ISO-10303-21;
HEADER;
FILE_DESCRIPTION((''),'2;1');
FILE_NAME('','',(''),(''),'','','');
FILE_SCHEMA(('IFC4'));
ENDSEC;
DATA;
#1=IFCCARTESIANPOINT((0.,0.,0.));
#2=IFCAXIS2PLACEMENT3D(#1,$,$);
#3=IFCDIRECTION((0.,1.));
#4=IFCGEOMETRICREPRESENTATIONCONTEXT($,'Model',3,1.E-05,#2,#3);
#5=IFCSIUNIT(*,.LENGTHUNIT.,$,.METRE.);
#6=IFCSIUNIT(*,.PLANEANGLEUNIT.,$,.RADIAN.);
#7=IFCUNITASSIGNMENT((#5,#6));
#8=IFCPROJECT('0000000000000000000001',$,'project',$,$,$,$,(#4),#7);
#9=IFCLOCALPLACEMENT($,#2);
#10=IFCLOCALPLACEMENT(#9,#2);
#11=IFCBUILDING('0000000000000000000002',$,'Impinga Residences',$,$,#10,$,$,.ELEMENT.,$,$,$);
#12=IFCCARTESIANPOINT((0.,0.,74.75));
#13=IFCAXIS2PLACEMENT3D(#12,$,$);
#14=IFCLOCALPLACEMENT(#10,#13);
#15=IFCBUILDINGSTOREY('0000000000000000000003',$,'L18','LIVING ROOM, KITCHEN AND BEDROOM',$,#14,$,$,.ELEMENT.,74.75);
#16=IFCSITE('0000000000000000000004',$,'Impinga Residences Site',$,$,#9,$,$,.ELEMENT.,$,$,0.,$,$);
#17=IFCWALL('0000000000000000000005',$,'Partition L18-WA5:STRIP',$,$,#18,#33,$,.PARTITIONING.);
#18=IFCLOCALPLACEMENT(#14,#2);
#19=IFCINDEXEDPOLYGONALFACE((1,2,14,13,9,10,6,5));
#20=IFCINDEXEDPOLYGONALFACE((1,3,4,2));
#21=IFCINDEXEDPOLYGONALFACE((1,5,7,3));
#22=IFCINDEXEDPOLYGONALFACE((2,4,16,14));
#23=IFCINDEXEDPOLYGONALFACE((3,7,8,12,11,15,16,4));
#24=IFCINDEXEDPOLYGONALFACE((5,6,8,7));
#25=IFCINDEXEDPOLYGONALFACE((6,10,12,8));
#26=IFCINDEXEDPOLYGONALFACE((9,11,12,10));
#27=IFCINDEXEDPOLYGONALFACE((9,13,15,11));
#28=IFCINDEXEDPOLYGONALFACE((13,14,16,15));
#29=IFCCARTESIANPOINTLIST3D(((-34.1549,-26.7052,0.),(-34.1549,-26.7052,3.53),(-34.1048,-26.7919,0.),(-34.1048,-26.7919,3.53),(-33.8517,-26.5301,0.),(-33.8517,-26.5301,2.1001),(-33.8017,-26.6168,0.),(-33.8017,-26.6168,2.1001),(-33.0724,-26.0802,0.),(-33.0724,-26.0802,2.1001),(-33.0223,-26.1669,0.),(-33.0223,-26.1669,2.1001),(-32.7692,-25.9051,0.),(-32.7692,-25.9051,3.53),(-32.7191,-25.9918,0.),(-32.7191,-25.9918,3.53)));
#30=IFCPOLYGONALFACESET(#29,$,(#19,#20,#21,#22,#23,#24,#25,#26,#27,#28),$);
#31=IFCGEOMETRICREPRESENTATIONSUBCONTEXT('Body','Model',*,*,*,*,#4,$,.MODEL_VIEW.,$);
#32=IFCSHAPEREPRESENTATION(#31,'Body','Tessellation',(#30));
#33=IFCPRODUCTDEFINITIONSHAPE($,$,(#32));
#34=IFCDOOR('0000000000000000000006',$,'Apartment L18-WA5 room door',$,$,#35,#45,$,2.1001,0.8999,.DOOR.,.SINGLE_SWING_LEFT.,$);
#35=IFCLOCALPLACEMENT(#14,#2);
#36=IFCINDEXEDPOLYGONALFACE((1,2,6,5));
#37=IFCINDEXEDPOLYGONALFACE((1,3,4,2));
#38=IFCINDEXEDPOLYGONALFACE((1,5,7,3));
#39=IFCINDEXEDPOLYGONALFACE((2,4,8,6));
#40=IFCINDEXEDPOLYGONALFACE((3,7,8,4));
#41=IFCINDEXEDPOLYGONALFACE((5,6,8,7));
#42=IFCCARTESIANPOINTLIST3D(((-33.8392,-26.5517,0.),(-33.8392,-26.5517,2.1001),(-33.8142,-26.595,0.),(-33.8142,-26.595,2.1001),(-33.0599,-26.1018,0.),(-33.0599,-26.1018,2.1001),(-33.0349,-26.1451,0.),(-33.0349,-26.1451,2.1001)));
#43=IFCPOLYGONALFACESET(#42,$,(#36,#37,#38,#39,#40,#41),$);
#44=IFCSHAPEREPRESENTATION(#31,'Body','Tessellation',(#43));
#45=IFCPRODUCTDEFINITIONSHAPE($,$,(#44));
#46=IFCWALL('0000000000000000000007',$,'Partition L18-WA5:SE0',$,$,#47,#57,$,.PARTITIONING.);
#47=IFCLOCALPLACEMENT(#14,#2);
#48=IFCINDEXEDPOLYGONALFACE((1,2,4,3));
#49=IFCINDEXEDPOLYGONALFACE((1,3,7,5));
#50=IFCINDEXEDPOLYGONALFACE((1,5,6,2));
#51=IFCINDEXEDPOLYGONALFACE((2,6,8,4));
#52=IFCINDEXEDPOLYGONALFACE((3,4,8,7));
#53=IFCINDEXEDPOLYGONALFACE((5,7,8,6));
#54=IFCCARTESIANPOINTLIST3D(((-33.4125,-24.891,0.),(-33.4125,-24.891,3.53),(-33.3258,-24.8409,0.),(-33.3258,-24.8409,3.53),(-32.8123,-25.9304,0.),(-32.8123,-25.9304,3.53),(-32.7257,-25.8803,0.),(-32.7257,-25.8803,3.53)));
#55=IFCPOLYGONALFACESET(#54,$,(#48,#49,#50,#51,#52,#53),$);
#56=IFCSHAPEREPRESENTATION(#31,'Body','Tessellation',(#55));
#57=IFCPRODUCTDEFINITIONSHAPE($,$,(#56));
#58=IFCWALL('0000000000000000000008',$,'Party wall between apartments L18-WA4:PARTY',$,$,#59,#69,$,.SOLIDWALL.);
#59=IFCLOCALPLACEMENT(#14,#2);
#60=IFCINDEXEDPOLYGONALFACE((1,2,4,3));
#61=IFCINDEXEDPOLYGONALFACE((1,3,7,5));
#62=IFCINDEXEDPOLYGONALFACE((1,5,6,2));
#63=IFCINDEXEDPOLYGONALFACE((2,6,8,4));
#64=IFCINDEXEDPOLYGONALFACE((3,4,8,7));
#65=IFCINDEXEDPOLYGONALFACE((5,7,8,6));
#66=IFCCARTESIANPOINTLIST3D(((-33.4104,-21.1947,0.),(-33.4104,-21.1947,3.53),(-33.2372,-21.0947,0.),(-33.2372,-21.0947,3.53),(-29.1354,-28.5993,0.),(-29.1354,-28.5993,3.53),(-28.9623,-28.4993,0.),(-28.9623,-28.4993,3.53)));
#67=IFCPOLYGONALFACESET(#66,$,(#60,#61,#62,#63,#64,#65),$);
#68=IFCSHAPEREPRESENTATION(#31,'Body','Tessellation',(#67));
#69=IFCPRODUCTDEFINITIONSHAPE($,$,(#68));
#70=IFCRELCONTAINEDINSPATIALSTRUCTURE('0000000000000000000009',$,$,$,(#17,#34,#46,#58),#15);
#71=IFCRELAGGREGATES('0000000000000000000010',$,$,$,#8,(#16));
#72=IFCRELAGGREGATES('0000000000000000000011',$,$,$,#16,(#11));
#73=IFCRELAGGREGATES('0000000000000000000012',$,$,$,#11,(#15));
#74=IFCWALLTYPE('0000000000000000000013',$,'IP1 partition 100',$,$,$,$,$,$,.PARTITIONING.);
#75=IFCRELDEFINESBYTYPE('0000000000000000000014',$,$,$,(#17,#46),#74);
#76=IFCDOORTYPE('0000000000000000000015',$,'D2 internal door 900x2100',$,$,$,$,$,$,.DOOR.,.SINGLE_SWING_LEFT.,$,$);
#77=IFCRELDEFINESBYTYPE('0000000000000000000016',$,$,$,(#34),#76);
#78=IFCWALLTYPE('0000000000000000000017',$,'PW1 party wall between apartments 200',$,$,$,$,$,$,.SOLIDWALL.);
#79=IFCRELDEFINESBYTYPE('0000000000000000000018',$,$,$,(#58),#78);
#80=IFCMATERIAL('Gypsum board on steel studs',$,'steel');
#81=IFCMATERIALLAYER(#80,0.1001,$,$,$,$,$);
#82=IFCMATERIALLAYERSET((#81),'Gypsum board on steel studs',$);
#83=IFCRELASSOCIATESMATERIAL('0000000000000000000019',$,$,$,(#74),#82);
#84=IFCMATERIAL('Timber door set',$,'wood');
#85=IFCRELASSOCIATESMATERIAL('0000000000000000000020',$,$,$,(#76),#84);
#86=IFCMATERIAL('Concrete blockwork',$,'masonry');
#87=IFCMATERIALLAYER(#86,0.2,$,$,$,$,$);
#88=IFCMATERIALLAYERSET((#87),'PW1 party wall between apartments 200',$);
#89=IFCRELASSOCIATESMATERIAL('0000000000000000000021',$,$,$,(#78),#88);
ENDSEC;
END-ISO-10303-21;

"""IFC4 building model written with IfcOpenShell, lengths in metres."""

from ifc_helpers import new_model, si_unit, direction, frame, frame_2d, origin, place, context, subcontext, project, spatial, rectangle, extrude, material, layer, layer_set, type_object, element, fill, save


model = new_model("IFC4")

# Units and contexts
model_context = context("Model", 3, precision=1e-05, world=origin(), true_north=direction((0.0, 1.0)))
body_context = subcontext(model_context, "Body", "Model", "MODEL_VIEW")
ifc_project = project(units=[si_unit("LENGTHUNIT", "METRE"), si_unit("PLANEANGLEUNIT", "RADIAN")], contexts=[model_context])

# Site, building, storey
site_placement = place(None, origin())
site = spatial("IfcSite", under=ifc_project, at=site_placement, Name="Impinga Residences Site", CompositionType="ELEMENT", RefElevation=0.0)
building_placement = place(site_placement, origin())
building = spatial("IfcBuilding", under=site, at=building_placement, Name="Impinga Residences", CompositionType="ELEMENT")
storey_placement = place(building_placement, frame((0.0, 0.0, 74.75)))
storey = spatial("IfcBuildingStorey", under=building, at=storey_placement, Name="L18", Description="LIVING ROOM, KITCHEN AND BEDROOM", CompositionType="ELEMENT", Elevation=74.75)

# Shared definitions
ifc_material_1 = material(Name="Gypsum board on steel studs", Category="steel")
ifc_layer_1 = layer(ifc_material_1, 0.1001)
ifc_layer_set_1 = layer_set([ifc_layer_1], Name="Gypsum board on steel studs")
wall_type_1 = type_object("IfcWallType", Name="IP1 partition 100", PredefinedType="PARTITIONING", material=ifc_layer_set_1)

# Shared definitions
ifc_material_2 = material(Name="Timber door set", Category="wood")
door_type = type_object("IfcDoorType", Name="D2 internal door 900x2100", OperationType="SINGLE_SWING_LEFT", PredefinedType="DOOR", material=ifc_material_2)

# Wall, opening, door
wall_1_placement = place(storey_placement, frame((-32.7441, -25.9485, 0.0), z_axis=(0.0, 0.0, 1.0), x_axis=(-0.866028, -0.499995, 0.0)))
wall_1 = element("IfcWall", 1, at=wall_1_placement, inside=storey, type_object=wall_type_1, Name="Partition L18-WA5:STRIP", PredefinedType="PARTITIONING", context=body_context, shape_type="SweptSolid", body=[
    extrude(rectangle(XDim=1.6001, YDim=0.1001, at=frame_2d((0.8, 0.0))), origin(), (0.0, 0.0, 1.0), 3.53),
])
opening_1_placement = place(wall_1_placement, frame((0.3501, 0.0, 0.0)))
opening_1 = element("IfcOpeningElement", 2, at=opening_1_placement, cuts=wall_1, PredefinedType="OPENING", context=body_context, shape_type="SweptSolid", body=[
    extrude(rectangle(XDim=0.8999, YDim=2.1001, at=frame_2d((0.45, 1.05))), frame((0.0, 0.0601, 0.0), z_axis=(0.0, -1.0, 0.0), x_axis=(1.0, 0.0, 0.0)), (0.0, 0.0, 1.0), 0.1201),
])
door_1_placement = place(opening_1_placement, origin())
door_1 = element("IfcDoor", 3, at=door_1_placement, inside=storey, type_object=door_type, Name="Apartment L18-WA5 room door", OperationType="SINGLE_SWING_LEFT", OverallHeight=2.1001, OverallWidth=0.8999, PredefinedType="DOOR", context=body_context, shape_type="SweptSolid", body=[
    extrude(rectangle(XDim=0.8999, YDim=2.1001, at=frame_2d((0.45, 1.05))), frame((0.0, 0.0249, 0.0), z_axis=(0.0, -1.0, 0.0), x_axis=(1.0, 0.0, 0.0)), (0.0, 0.0, 1.0), 0.05),
])
fill(opening_1, door_1)

# Walls
wall_2_placement = place(storey_placement, frame((-33.3691, -24.866, 0.0), z_axis=(0.0, 0.0, 1.0), x_axis=(0.500034, -0.866006, 0.0)))
element("IfcWall", 4, at=wall_2_placement, inside=storey, type_object=wall_type_1, Name="Partition L18-WA5:SE0", PredefinedType="PARTITIONING", context=body_context, shape_type="SweptSolid", body=[
    extrude(rectangle(XDim=1.2002, YDim=0.1001, at=frame_2d((0.6001, 0.0))), origin(), (0.0, 0.0, 1.0), 3.53),
])
ifc_material_3 = material(Name="Concrete blockwork", Category="masonry")
ifc_layer_2 = layer(ifc_material_3, 0.2)
ifc_layer_set_2 = layer_set([ifc_layer_2], Name="PW1 party wall between apartments 200")
wall_type_2 = type_object("IfcWallType", Name="PW1 party wall between apartments 200", PredefinedType="SOLIDWALL", material=ifc_layer_set_2)
wall_3_placement = place(storey_placement, frame((-33.3237, -21.1448, 0.0), z_axis=(0.0, 0.0, 1.0), x_axis=(0.49999, -0.866031, 0.0)))
element("IfcWall", 5, at=wall_3_placement, inside=storey, type_object=wall_type_2, Name="Party wall between apartments L18-WA4:PARTY", PredefinedType="SOLIDWALL", context=body_context, shape_type="SweptSolid", body=[
    extrude(rectangle(XDim=8.55, YDim=0.2, at=frame_2d((4.2749, 0.0))), origin(), (0.0, 0.0, 1.0), 3.53),
])

save(model, "model.ifc")
